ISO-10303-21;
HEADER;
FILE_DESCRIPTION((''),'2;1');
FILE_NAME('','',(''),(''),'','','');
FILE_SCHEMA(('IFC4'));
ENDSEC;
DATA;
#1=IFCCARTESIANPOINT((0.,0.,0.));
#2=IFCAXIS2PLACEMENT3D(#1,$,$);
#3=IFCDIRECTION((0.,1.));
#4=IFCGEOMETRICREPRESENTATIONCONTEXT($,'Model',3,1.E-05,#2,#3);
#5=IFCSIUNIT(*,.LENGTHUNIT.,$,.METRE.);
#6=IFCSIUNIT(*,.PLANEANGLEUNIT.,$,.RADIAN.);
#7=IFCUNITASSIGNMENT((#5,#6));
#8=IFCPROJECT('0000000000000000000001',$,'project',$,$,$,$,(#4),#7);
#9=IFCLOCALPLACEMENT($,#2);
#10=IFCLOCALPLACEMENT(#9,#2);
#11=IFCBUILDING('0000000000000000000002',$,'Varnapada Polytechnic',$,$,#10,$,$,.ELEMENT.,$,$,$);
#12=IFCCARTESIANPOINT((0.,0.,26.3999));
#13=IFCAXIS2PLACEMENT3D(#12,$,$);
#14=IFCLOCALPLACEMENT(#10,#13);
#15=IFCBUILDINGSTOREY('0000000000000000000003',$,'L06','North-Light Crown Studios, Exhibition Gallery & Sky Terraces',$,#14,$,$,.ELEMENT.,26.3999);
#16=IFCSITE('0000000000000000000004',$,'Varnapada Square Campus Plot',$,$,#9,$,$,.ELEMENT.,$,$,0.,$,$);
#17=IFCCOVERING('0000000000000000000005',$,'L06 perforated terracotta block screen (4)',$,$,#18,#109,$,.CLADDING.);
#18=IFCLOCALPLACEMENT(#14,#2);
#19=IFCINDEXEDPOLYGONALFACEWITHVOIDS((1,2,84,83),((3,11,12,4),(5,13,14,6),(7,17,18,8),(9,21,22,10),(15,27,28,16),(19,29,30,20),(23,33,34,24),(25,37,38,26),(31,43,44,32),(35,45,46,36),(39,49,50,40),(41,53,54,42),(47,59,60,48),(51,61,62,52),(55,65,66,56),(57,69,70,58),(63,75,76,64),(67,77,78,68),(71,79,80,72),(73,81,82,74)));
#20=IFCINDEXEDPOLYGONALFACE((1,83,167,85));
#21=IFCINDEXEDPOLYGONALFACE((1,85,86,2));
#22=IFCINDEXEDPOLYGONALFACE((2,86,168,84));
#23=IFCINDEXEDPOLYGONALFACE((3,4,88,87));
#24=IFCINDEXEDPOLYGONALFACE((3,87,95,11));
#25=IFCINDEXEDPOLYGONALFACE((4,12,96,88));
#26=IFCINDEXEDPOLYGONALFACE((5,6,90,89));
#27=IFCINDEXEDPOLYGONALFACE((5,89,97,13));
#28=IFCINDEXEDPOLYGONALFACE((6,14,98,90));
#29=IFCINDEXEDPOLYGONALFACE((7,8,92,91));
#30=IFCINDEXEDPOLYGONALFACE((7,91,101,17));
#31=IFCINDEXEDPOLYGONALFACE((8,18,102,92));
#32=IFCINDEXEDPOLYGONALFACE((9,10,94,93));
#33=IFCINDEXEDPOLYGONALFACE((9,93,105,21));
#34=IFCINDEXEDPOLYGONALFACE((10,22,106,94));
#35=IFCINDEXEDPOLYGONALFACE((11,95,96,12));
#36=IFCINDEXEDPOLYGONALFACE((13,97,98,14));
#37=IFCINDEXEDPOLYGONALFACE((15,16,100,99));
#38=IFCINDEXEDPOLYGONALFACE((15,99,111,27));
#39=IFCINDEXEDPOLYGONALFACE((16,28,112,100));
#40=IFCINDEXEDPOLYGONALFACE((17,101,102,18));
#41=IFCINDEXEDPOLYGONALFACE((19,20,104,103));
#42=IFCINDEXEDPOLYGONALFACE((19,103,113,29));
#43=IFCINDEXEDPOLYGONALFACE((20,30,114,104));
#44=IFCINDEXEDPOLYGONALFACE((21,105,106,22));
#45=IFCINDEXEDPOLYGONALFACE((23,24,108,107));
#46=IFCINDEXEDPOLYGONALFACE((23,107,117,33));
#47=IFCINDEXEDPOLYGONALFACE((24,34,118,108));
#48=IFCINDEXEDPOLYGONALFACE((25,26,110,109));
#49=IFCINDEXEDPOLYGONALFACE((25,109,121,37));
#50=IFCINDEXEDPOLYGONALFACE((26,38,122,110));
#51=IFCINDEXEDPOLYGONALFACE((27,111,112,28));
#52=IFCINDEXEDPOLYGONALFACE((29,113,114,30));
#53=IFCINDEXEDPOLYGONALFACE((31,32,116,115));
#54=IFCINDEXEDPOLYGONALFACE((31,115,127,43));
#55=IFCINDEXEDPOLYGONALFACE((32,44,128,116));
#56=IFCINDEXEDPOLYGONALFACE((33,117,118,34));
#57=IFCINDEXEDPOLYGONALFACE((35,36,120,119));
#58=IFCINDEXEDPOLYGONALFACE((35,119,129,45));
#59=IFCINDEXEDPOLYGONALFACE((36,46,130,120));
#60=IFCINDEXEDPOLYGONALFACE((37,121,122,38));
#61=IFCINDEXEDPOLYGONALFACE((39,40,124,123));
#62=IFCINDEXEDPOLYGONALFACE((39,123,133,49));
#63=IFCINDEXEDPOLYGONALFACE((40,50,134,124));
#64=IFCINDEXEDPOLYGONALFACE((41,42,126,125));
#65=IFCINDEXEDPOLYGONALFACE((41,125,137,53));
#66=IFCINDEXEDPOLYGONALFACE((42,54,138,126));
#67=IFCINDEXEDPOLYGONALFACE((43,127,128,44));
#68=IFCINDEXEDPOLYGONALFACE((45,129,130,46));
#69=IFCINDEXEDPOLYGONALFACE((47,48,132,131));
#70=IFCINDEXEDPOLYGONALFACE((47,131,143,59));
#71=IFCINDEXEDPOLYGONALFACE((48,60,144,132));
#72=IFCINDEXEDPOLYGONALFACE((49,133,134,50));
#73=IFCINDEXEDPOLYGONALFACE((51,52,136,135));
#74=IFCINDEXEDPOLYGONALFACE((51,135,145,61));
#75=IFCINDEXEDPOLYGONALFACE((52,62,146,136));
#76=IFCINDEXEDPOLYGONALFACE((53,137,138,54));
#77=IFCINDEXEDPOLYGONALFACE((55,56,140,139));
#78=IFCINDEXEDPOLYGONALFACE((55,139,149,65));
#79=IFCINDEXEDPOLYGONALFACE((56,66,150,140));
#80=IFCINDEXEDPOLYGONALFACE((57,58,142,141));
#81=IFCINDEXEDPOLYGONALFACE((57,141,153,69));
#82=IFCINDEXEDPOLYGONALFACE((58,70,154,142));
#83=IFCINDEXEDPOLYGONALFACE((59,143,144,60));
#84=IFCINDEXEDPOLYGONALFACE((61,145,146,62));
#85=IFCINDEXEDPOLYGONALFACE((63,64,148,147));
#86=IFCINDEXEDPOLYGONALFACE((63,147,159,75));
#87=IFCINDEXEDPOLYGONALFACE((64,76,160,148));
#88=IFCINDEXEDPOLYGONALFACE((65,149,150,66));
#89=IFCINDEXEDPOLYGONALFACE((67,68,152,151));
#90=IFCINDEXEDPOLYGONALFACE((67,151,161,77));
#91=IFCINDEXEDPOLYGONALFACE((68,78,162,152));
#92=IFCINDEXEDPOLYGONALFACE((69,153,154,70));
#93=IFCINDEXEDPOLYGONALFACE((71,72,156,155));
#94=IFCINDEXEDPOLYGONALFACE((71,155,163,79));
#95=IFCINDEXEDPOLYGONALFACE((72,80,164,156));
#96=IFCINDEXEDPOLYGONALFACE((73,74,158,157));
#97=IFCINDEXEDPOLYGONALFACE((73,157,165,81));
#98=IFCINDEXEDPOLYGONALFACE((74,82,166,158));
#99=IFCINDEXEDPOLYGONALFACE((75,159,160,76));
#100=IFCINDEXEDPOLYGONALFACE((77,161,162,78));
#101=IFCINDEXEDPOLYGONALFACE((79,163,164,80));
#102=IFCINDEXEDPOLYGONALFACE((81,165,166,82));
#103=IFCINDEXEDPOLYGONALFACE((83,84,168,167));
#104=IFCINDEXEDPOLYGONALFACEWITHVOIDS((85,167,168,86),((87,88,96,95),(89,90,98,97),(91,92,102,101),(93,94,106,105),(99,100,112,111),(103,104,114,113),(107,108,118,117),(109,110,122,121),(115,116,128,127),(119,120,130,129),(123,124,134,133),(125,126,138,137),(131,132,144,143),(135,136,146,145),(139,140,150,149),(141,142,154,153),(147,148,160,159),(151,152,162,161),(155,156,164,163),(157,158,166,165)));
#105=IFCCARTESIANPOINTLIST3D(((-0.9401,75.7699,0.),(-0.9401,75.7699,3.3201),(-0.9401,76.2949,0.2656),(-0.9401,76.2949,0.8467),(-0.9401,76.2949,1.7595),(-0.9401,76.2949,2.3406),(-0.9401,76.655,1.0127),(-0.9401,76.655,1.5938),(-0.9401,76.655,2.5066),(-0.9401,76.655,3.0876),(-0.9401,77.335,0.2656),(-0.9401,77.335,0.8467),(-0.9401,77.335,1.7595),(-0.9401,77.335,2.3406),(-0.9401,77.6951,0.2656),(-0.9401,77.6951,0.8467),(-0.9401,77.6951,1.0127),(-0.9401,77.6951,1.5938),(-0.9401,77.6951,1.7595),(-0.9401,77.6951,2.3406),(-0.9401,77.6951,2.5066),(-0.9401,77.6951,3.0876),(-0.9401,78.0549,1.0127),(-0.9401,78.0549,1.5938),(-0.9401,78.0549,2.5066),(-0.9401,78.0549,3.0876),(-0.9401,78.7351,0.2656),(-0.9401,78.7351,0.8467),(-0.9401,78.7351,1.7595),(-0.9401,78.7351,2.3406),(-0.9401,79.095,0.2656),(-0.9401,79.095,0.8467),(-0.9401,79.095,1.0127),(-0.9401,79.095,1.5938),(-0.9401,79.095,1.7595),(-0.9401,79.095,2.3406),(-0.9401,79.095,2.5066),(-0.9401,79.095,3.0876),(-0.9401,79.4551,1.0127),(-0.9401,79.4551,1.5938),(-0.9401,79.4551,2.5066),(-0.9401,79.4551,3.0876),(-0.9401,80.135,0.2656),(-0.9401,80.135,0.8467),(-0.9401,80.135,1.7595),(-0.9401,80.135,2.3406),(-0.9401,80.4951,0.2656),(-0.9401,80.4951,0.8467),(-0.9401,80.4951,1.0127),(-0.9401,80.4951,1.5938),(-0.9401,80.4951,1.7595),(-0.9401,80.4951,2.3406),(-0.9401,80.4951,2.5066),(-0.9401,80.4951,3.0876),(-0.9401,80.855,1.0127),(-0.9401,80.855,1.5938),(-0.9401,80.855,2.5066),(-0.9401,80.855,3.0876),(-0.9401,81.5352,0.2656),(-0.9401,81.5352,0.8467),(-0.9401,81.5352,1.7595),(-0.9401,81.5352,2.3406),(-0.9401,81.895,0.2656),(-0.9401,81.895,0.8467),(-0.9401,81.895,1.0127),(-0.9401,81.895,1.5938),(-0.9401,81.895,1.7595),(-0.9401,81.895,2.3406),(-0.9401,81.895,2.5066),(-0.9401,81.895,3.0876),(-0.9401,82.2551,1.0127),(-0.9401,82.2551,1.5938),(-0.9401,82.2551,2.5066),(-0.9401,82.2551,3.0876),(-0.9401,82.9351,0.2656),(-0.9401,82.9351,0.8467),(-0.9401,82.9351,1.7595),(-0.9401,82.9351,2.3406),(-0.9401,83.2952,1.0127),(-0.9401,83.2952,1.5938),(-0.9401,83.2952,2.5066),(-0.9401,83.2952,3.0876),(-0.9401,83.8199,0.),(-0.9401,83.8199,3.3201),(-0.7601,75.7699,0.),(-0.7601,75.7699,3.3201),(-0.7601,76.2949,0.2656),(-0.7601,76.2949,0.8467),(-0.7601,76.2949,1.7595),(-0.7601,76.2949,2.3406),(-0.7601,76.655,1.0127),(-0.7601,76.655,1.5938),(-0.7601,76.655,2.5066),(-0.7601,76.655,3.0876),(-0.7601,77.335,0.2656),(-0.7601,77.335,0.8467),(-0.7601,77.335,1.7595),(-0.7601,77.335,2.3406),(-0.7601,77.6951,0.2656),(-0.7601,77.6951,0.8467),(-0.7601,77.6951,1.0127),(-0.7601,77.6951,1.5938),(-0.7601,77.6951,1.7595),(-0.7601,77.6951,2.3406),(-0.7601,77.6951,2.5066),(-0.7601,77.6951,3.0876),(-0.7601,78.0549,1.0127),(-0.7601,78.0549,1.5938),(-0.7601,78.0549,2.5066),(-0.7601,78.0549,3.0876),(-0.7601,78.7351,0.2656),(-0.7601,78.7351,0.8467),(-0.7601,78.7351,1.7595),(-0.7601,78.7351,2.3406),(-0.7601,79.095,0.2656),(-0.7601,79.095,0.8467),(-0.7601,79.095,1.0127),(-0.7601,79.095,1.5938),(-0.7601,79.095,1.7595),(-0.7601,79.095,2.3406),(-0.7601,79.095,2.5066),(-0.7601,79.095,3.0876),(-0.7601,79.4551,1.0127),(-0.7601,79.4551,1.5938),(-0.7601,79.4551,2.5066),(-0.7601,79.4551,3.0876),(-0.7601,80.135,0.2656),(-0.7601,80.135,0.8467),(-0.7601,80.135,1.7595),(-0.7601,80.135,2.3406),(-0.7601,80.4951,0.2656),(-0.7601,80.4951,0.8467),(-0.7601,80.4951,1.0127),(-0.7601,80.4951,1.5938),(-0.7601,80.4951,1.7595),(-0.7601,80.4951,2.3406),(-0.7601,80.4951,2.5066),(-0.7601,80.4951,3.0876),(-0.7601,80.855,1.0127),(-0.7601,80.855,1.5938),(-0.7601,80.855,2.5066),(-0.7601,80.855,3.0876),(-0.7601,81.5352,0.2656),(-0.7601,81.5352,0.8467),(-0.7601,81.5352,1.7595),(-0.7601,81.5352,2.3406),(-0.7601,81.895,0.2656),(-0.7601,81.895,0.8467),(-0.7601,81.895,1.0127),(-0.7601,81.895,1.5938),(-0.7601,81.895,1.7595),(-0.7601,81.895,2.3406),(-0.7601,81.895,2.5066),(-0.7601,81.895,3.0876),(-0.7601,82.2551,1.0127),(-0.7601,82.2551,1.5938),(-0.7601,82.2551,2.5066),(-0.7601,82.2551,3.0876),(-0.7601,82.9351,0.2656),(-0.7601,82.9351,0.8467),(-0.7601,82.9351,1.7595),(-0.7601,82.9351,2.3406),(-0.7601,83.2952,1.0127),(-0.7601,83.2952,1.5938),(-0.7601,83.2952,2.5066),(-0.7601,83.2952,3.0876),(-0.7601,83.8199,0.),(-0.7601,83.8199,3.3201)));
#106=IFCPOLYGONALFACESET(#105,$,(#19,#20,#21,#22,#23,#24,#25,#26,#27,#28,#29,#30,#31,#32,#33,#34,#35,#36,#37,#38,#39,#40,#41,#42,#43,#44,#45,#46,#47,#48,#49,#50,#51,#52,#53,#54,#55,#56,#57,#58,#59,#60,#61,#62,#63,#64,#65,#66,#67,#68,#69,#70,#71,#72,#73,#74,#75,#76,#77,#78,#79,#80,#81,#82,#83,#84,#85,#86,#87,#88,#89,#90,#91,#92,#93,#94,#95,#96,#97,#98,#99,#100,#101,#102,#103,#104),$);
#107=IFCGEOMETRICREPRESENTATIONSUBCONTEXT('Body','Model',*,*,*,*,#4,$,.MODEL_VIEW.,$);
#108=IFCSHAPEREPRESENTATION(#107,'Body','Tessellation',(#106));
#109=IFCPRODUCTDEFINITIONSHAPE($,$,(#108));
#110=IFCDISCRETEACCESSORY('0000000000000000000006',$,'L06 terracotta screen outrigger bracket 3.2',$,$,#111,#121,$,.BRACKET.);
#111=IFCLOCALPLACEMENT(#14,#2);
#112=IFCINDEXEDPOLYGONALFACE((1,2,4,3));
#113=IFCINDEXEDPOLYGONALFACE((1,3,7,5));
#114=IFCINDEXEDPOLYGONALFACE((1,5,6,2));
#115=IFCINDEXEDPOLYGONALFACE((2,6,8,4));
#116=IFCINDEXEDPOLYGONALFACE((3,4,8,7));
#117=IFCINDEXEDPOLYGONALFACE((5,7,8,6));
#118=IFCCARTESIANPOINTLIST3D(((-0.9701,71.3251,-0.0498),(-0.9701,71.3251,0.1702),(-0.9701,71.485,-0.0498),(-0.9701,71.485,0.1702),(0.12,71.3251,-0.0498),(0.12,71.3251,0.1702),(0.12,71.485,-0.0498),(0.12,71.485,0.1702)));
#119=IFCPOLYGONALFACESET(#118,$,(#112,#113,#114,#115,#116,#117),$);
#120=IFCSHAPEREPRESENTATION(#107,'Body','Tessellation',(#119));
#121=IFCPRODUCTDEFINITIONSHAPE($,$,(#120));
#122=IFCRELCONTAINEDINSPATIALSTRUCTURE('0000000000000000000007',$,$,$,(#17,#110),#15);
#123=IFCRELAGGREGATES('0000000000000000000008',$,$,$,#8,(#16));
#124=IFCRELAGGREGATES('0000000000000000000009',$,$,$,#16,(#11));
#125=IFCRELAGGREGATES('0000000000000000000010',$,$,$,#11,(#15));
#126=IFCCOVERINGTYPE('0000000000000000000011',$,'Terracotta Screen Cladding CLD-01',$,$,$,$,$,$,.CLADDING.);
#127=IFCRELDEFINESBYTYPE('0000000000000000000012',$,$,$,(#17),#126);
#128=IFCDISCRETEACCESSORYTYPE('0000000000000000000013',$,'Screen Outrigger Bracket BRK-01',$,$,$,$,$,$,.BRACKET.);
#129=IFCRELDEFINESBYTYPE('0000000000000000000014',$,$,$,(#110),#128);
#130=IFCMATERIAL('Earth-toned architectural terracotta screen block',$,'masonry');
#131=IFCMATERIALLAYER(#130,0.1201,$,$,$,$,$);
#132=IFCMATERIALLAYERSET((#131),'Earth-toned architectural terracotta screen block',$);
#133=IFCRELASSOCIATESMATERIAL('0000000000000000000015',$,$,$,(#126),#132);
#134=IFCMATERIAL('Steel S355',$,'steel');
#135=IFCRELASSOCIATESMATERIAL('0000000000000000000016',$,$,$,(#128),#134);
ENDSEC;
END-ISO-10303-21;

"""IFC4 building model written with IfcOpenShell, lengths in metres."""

from ifc_helpers import new_model, si_unit, direction, frame, frame_2d, origin, origin_2d, place, context, subcontext, project, spatial, rectangle, extrude, material, layer, layer_set, type_object, element, save


model = new_model("IFC4")

# Units and contexts
model_context = context("Model", 3, precision=1e-05, world=origin(), true_north=direction((0.0, 1.0)))
body_context = subcontext(model_context, "Body", "Model", "MODEL_VIEW")
ifc_project = project(units=[si_unit("LENGTHUNIT", "METRE"), si_unit("PLANEANGLEUNIT", "RADIAN")], contexts=[model_context])

# Site, building, storey
site_placement = place(None, origin())
site = spatial("IfcSite", under=ifc_project, at=site_placement, Name="Varnapada Square Campus Plot", CompositionType="ELEMENT", RefElevation=0.0)
building_placement = place(site_placement, origin())
building = spatial("IfcBuilding", under=site, at=building_placement, Name="Varnapada Polytechnic", CompositionType="ELEMENT")
storey_placement = place(building_placement, frame((0.0, 0.0, 26.3999)))
storey = spatial("IfcBuildingStorey", under=building, at=storey_placement, Name="L06", Description="North-Light Crown Studios, Exhibition Gallery & Sky Terraces", CompositionType="ELEMENT", Elevation=26.3999)

# Covering, openings
ifc_material_1 = material(Name="Earth-toned architectural terracotta screen block", Category="masonry")
ifc_layer = layer(ifc_material_1, 0.1201)
ifc_layer_set = layer_set([ifc_layer], Name="Earth-toned architectural terracotta screen block")
covering_type = type_object("IfcCoveringType", Name="Terracotta Screen Cladding CLD-01", PredefinedType="CLADDING", material=ifc_layer_set)
covering_placement = place(storey_placement, frame((-0.8501, 75.77, 0.0), z_axis=(0.0, 0.0, 1.0), x_axis=(0.0, 1.0, 0.0)))
covering = element("IfcCovering", 1, at=covering_placement, inside=storey, type_object=covering_type, Name="L06 perforated terracotta block screen (4)", PredefinedType="CLADDING", context=body_context, shape_type="SweptSolid", body=[
    extrude(rectangle(XDim=8.05, YDim=0.1799, at=frame_2d((4.0249, 0.0))), origin(), (0.0, 0.0, 1.0), 3.3201),
])
opening_1_placement = place(covering_placement, frame((0.5249, 0.0, 0.2656)))
element("IfcOpeningElement", 2, at=opening_1_placement, cuts=covering, PredefinedType="OPENING", context=body_context, shape_type="SweptSolid", body=[
    extrude(rectangle(XDim=1.04, YDim=0.5811, at=frame_2d((0.52, 0.2905))), frame((0.0, 0.0999, 0.0), z_axis=(0.0, -1.0, 0.0), x_axis=(1.0, 0.0, 0.0)), (0.0, 0.0, 1.0), 0.2),
])
opening_2_placement = place(covering_placement, frame((1.925, 0.0, 0.2656)))
element("IfcOpeningElement", 3, at=opening_2_placement, cuts=covering, PredefinedType="OPENING", context=body_context, shape_type="SweptSolid", body=[
    extrude(rectangle(XDim=1.04, YDim=0.5811, at=frame_2d((0.52, 0.2905))), frame((0.0, 0.0999, 0.0), z_axis=(0.0, -1.0, 0.0), x_axis=(1.0, 0.0, 0.0)), (0.0, 0.0, 1.0), 0.2),
])
opening_3_placement = place(covering_placement, frame((3.325, 0.0, 0.2656)))
element("IfcOpeningElement", 4, at=opening_3_placement, cuts=covering, PredefinedType="OPENING", context=body_context, shape_type="SweptSolid", body=[
    extrude(rectangle(XDim=1.04, YDim=0.5811, at=frame_2d((0.52, 0.2905))), frame((0.0, 0.0999, 0.0), z_axis=(0.0, -1.0, 0.0), x_axis=(1.0, 0.0, 0.0)), (0.0, 0.0, 1.0), 0.2),
])
opening_4_placement = place(covering_placement, frame((4.7251, 0.0, 0.2656)))
element("IfcOpeningElement", 5, at=opening_4_placement, cuts=covering, PredefinedType="OPENING", context=body_context, shape_type="SweptSolid", body=[
    extrude(rectangle(XDim=1.04, YDim=0.5811, at=frame_2d((0.52, 0.2905))), frame((0.0, 0.0999, 0.0), z_axis=(0.0, -1.0, 0.0), x_axis=(1.0, 0.0, 0.0)), (0.0, 0.0, 1.0), 0.2),
])
opening_5_placement = place(covering_placement, frame((6.125, 0.0, 0.2656)))
element("IfcOpeningElement", 6, at=opening_5_placement, cuts=covering, PredefinedType="OPENING", context=body_context, shape_type="SweptSolid", body=[
    extrude(rectangle(XDim=1.04, YDim=0.5811, at=frame_2d((0.52, 0.2905))), frame((0.0, 0.0999, 0.0), z_axis=(0.0, -1.0, 0.0), x_axis=(1.0, 0.0, 0.0)), (0.0, 0.0, 1.0), 0.2),
])
opening_6_placement = place(covering_placement, frame((0.885, 0.0, 1.0127)))
element("IfcOpeningElement", 7, at=opening_6_placement, cuts=covering, PredefinedType="OPENING", context=body_context, shape_type="SweptSolid", body=[
    extrude(rectangle(XDim=1.04, YDim=0.5811, at=frame_2d((0.52, 0.2905))), frame((0.0, 0.0999, 0.0), z_axis=(0.0, -1.0, 0.0), x_axis=(1.0, 0.0, 0.0)), (0.0, 0.0, 1.0), 0.2),
])
opening_7_placement = place(covering_placement, frame((2.2849, 0.0, 1.0127)))
element("IfcOpeningElement", 8, at=opening_7_placement, cuts=covering, PredefinedType="OPENING", context=body_context, shape_type="SweptSolid", body=[
    extrude(rectangle(XDim=1.04, YDim=0.5811, at=frame_2d((0.52, 0.2905))), frame((0.0, 0.0999, 0.0), z_axis=(0.0, -1.0, 0.0), x_axis=(1.0, 0.0, 0.0)), (0.0, 0.0, 1.0), 0.2),
])
opening_8_placement = place(covering_placement, frame((3.6851, 0.0, 1.0127)))
element("IfcOpeningElement", 9, at=opening_8_placement, cuts=covering, PredefinedType="OPENING", context=body_context, shape_type="SweptSolid", body=[
    extrude(rectangle(XDim=1.04, YDim=0.5811, at=frame_2d((0.52, 0.2905))), frame((0.0, 0.0999, 0.0), z_axis=(0.0, -1.0, 0.0), x_axis=(1.0, 0.0, 0.0)), (0.0, 0.0, 1.0), 0.2),
])
opening_9_placement = place(covering_placement, frame((5.085, 0.0, 1.0127)))
element("IfcOpeningElement", 10, at=opening_9_placement, cuts=covering, PredefinedType="OPENING", context=body_context, shape_type="SweptSolid", body=[
    extrude(rectangle(XDim=1.04, YDim=0.5811, at=frame_2d((0.52, 0.2905))), frame((0.0, 0.0999, 0.0), z_axis=(0.0, -1.0, 0.0), x_axis=(1.0, 0.0, 0.0)), (0.0, 0.0, 1.0), 0.2),
])
opening_10_placement = place(covering_placement, frame((6.4851, 0.0, 1.0127)))
element("IfcOpeningElement", 11, at=opening_10_placement, cuts=covering, PredefinedType="OPENING", context=body_context, shape_type="SweptSolid", body=[
    extrude(rectangle(XDim=1.04, YDim=0.5811, at=frame_2d((0.52, 0.2905))), frame((0.0, 0.0999, 0.0), z_axis=(0.0, -1.0, 0.0), x_axis=(1.0, 0.0, 0.0)), (0.0, 0.0, 1.0), 0.2),
])
opening_11_placement = place(covering_placement, frame((0.5249, 0.0, 1.7595)))
element("IfcOpeningElement", 12, at=opening_11_placement, cuts=covering, PredefinedType="OPENING", context=body_context, shape_type="SweptSolid", body=[
    extrude(rectangle(XDim=1.04, YDim=0.5811, at=frame_2d((0.52, 0.2905))), frame((0.0, 0.0999, 0.0), z_axis=(0.0, -1.0, 0.0), x_axis=(1.0, 0.0, 0.0)), (0.0, 0.0, 1.0), 0.2),
])
opening_12_placement = place(covering_placement, frame((1.925, 0.0, 1.7595)))
element("IfcOpeningElement", 13, at=opening_12_placement, cuts=covering, PredefinedType="OPENING", context=body_context, shape_type="SweptSolid", body=[
    extrude(rectangle(XDim=1.04, YDim=0.5811, at=frame_2d((0.52, 0.2905))), frame((0.0, 0.0999, 0.0), z_axis=(0.0, -1.0, 0.0), x_axis=(1.0, 0.0, 0.0)), (0.0, 0.0, 1.0), 0.2),
])
opening_13_placement = place(covering_placement, frame((3.325, 0.0, 1.7595)))
element("IfcOpeningElement", 14, at=opening_13_placement, cuts=covering, PredefinedType="OPENING", context=body_context, shape_type="SweptSolid", body=[
    extrude(rectangle(XDim=1.04, YDim=0.5811, at=frame_2d((0.52, 0.2905))), frame((0.0, 0.0999, 0.0), z_axis=(0.0, -1.0, 0.0), x_axis=(1.0, 0.0, 0.0)), (0.0, 0.0, 1.0), 0.2),
])
opening_14_placement = place(covering_placement, frame((4.7251, 0.0, 1.7595)))
element("IfcOpeningElement", 15, at=opening_14_placement, cuts=covering, PredefinedType="OPENING", context=body_context, shape_type="SweptSolid", body=[
    extrude(rectangle(XDim=1.04, YDim=0.5811, at=frame_2d((0.52, 0.2905))), frame((0.0, 0.0999, 0.0), z_axis=(0.0, -1.0, 0.0), x_axis=(1.0, 0.0, 0.0)), (0.0, 0.0, 1.0), 0.2),
])
opening_15_placement = place(covering_placement, frame((6.125, 0.0, 1.7595)))
element("IfcOpeningElement", 16, at=opening_15_placement, cuts=covering, PredefinedType="OPENING", context=body_context, shape_type="SweptSolid", body=[
    extrude(rectangle(XDim=1.04, YDim=0.5811, at=frame_2d((0.52, 0.2905))), frame((0.0, 0.0999, 0.0), z_axis=(0.0, -1.0, 0.0), x_axis=(1.0, 0.0, 0.0)), (0.0, 0.0, 1.0), 0.2),
])
opening_16_placement = place(covering_placement, frame((0.885, 0.0, 2.5066)))
element("IfcOpeningElement", 17, at=opening_16_placement, cuts=covering, PredefinedType="OPENING", context=body_context, shape_type="SweptSolid", body=[
    extrude(rectangle(XDim=1.04, YDim=0.5811, at=frame_2d((0.52, 0.2905))), frame((0.0, 0.0999, 0.0), z_axis=(0.0, -1.0, 0.0), x_axis=(1.0, 0.0, 0.0)), (0.0, 0.0, 1.0), 0.2),
])
opening_17_placement = place(covering_placement, frame((2.2849, 0.0, 2.5066)))
element("IfcOpeningElement", 18, at=opening_17_placement, cuts=covering, PredefinedType="OPENING", context=body_context, shape_type="SweptSolid", body=[
    extrude(rectangle(XDim=1.04, YDim=0.5811, at=frame_2d((0.52, 0.2905))), frame((0.0, 0.0999, 0.0), z_axis=(0.0, -1.0, 0.0), x_axis=(1.0, 0.0, 0.0)), (0.0, 0.0, 1.0), 0.2),
])
opening_18_placement = place(covering_placement, frame((3.6851, 0.0, 2.5066)))
element("IfcOpeningElement", 19, at=opening_18_placement, cuts=covering, PredefinedType="OPENING", context=body_context, shape_type="SweptSolid", body=[
    extrude(rectangle(XDim=1.04, YDim=0.5811, at=frame_2d((0.52, 0.2905))), frame((0.0, 0.0999, 0.0), z_axis=(0.0, -1.0, 0.0), x_axis=(1.0, 0.0, 0.0)), (0.0, 0.0, 1.0), 0.2),
])
opening_19_placement = place(covering_placement, frame((5.085, 0.0, 2.5066)))
element("IfcOpeningElement", 20, at=opening_19_placement, cuts=covering, PredefinedType="OPENING", context=body_context, shape_type="SweptSolid", body=[
    extrude(rectangle(XDim=1.04, YDim=0.5811, at=frame_2d((0.52, 0.2905))), frame((0.0, 0.0999, 0.0), z_axis=(0.0, -1.0, 0.0), x_axis=(1.0, 0.0, 0.0)), (0.0, 0.0, 1.0), 0.2),
])
opening_20_placement = place(covering_placement, frame((6.4851, 0.0, 2.5066)))
element("IfcOpeningElement", 21, at=opening_20_placement, cuts=covering, PredefinedType="OPENING", context=body_context, shape_type="SweptSolid", body=[
    extrude(rectangle(XDim=1.04, YDim=0.5811, at=frame_2d((0.52, 0.2905))), frame((0.0, 0.0999, 0.0), z_axis=(0.0, -1.0, 0.0), x_axis=(1.0, 0.0, 0.0)), (0.0, 0.0, 1.0), 0.2),
])

# Discrete accessory
ifc_material_2 = material(Name="Steel S355", Category="steel")
discrete_accessory_type = type_object("IfcDiscreteAccessoryType", Name="Screen Outrigger Bracket BRK-01", PredefinedType="BRACKET", material=ifc_material_2)
for number, where, z_axis, x_axis, name in (
    (22, (-0.425, 71.405, -0.0498), (0.0, 0.0, 1.0), (0.0, 1.0, 0.0), "L06 terracotta screen outrigger bracket 3.2"),
):
    element("IfcDiscreteAccessory", number, at=place(storey_placement, frame(where, z_axis=z_axis, x_axis=x_axis)), inside=storey, type_object=discrete_accessory_type, Name=name, PredefinedType="BRACKET", context=body_context, shape_type="SweptSolid", body=[
        extrude(rectangle(XDim=0.1599, YDim=1.0901, at=origin_2d()), origin(), (0.0, 0.0, 1.0), 0.22),
    ])

save(model, "model.ifc")
